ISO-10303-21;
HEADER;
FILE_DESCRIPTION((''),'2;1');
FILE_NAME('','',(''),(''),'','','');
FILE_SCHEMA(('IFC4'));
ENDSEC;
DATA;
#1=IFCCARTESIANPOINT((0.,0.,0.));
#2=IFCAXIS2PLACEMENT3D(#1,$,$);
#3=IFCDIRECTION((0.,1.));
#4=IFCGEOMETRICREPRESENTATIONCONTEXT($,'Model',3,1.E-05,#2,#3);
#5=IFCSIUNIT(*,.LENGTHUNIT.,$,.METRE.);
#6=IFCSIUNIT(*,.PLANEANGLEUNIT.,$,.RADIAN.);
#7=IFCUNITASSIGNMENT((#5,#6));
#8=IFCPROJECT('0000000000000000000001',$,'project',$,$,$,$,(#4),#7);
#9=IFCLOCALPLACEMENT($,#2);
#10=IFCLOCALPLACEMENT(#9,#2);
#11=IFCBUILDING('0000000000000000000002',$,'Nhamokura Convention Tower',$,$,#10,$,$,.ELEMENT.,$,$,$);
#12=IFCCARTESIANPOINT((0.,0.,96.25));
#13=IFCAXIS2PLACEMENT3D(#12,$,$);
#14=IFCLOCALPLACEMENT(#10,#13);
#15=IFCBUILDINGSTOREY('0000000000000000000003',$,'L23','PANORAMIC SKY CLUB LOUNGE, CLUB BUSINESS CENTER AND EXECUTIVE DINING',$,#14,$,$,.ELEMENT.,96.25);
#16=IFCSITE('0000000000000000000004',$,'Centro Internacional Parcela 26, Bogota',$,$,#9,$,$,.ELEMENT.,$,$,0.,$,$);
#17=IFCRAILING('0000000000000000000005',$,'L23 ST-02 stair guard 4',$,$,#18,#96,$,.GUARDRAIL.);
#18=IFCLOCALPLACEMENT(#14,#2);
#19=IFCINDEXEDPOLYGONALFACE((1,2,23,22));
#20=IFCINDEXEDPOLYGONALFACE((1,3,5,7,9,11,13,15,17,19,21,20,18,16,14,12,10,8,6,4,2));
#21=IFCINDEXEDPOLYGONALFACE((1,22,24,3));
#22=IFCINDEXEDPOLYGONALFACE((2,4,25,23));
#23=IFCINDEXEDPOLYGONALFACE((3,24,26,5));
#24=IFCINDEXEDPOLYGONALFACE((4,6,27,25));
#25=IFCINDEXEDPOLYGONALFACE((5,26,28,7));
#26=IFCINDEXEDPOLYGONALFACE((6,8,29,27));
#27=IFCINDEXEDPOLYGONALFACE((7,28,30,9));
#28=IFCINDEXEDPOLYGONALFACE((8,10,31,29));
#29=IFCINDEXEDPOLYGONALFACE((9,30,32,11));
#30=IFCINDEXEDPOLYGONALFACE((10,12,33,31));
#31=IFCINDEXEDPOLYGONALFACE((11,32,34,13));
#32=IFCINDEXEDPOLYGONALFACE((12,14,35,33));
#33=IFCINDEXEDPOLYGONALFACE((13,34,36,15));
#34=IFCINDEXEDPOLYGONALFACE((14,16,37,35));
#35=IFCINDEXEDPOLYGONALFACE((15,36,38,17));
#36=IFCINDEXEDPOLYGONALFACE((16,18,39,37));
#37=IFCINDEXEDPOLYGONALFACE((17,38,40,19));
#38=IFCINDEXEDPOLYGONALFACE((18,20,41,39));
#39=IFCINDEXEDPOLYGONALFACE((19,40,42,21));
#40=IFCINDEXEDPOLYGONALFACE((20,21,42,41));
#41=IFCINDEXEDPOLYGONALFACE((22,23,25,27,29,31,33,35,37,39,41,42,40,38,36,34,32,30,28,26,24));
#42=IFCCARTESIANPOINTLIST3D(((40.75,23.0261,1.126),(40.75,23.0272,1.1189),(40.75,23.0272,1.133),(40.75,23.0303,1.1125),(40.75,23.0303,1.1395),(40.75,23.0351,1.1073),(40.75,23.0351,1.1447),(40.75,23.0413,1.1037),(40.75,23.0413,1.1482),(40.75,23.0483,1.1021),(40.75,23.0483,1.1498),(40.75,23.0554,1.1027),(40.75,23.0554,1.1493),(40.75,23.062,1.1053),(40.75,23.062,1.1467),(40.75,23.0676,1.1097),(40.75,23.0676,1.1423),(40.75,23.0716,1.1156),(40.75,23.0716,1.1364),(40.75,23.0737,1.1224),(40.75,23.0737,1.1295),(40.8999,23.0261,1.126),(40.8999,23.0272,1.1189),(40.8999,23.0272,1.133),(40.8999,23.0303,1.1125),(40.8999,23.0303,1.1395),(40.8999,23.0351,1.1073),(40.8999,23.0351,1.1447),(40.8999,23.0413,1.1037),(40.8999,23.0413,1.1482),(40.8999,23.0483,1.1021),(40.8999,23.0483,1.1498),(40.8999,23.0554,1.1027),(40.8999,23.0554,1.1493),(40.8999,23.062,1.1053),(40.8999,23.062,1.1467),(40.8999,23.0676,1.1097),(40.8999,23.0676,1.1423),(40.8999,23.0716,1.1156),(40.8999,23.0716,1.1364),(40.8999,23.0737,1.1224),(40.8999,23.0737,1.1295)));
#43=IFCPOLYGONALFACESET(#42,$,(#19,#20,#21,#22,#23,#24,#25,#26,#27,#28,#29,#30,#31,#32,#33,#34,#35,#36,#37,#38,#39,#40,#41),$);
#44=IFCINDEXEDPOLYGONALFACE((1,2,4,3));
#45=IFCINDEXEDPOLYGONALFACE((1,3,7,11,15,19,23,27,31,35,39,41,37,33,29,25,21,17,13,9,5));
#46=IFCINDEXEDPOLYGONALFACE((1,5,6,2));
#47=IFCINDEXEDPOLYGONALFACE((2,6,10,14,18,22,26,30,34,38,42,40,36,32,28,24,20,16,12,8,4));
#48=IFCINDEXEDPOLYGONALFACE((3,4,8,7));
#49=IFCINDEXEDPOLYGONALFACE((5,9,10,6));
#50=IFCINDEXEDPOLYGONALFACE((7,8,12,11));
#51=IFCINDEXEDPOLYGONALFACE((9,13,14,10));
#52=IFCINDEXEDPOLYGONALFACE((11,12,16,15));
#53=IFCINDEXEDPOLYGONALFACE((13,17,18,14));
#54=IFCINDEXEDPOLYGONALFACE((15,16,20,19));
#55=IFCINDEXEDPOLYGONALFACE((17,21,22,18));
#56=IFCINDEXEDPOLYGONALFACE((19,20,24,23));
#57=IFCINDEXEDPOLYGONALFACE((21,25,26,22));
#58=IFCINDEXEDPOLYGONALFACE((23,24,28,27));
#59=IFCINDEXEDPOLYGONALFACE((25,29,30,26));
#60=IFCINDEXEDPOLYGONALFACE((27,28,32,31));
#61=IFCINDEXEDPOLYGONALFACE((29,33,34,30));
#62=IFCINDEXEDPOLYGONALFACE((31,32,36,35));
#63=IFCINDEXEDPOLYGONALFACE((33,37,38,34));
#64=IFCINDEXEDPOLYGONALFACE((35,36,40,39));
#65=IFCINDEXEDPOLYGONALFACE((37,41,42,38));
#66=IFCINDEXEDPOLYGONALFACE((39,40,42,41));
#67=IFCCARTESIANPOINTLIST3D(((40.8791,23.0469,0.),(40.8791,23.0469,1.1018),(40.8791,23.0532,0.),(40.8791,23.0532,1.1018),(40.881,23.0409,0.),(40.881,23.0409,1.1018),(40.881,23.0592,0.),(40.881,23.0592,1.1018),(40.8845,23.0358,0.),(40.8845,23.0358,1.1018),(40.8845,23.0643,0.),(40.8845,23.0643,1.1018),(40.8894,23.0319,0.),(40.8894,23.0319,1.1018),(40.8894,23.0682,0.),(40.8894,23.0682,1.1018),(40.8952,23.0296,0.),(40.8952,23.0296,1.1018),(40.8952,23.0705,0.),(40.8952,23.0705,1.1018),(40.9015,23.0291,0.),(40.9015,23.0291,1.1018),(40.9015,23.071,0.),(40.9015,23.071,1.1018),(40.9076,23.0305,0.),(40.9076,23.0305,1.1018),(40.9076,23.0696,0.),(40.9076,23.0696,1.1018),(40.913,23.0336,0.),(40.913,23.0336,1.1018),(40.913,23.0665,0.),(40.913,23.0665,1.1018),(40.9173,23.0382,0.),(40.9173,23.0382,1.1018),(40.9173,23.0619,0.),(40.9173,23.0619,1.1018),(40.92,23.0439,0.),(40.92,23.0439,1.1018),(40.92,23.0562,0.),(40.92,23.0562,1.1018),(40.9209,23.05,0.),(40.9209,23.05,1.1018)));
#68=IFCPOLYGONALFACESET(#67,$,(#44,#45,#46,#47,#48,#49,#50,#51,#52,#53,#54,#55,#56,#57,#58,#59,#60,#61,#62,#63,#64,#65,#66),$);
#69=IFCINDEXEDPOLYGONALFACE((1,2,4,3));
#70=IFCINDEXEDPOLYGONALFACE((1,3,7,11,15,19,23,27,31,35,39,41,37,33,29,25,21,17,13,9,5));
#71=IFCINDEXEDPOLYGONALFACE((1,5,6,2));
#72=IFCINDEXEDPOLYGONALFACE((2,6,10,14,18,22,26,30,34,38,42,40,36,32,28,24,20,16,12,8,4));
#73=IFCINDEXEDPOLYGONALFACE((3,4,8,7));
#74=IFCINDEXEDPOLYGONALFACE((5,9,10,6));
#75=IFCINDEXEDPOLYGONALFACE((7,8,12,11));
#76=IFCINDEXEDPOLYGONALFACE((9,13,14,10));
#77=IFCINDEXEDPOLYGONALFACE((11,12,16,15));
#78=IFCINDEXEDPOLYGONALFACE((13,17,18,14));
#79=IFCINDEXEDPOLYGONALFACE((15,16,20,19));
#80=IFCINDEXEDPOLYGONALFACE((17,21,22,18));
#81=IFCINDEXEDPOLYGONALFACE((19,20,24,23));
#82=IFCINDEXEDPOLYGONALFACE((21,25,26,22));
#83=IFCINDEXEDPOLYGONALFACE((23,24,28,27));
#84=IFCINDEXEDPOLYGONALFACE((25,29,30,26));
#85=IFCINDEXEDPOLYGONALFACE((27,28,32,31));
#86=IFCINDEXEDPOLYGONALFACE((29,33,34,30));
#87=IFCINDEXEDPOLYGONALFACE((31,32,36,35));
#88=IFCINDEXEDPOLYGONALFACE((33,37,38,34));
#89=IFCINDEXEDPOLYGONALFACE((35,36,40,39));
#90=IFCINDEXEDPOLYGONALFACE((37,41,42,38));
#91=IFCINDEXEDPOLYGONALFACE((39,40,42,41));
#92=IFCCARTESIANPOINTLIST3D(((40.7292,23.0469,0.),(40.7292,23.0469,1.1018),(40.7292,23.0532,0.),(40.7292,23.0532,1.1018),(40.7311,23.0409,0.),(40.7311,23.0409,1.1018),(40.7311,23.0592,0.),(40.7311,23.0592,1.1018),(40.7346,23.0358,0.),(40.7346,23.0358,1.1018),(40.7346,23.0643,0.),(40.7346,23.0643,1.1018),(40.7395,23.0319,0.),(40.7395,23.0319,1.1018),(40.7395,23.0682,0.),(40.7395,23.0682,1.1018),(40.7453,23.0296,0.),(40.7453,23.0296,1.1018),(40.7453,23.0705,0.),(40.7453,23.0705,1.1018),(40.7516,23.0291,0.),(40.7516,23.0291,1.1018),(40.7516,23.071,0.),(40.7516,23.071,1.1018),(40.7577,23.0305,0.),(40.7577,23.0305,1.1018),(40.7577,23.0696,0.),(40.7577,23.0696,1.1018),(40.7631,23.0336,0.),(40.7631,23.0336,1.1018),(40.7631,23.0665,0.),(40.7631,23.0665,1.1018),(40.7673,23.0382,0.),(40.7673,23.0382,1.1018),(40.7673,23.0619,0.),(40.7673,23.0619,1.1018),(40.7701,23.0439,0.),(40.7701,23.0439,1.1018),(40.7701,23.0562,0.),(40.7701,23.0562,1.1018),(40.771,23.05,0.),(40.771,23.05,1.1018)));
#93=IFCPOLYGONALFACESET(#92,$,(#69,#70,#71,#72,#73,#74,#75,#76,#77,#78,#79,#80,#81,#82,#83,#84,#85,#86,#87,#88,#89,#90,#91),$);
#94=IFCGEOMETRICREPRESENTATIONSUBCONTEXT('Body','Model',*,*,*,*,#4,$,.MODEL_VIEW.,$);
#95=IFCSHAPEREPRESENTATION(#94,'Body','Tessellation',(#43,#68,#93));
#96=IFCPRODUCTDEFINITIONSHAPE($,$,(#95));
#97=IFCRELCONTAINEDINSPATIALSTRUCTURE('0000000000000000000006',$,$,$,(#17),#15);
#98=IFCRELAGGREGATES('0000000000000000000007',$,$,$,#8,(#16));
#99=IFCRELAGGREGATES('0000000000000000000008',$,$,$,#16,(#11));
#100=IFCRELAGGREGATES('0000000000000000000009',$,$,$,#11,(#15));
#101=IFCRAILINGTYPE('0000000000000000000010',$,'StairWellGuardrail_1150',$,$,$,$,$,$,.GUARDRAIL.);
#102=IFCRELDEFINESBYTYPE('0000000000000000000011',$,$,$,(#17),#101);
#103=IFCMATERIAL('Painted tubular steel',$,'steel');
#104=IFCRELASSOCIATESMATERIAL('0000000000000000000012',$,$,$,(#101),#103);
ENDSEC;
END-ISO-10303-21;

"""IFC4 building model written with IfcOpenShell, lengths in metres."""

from ifc_helpers import new_model, si_unit, direction, frame, origin, origin_2d, place, context, subcontext, project, spatial, circle, extrude, material, type_object, element, save


model = new_model("IFC4")

# Units and contexts
model_context = context("Model", 3, precision=1e-05, world=origin(), true_north=direction((0.0, 1.0)))
body_context = subcontext(model_context, "Body", "Model", "MODEL_VIEW")
ifc_project = project(units=[si_unit("LENGTHUNIT", "METRE"), si_unit("PLANEANGLEUNIT", "RADIAN")], contexts=[model_context])

# Site, building, storey
site_placement = place(None, origin())
site = spatial("IfcSite", under=ifc_project, at=site_placement, Name="Centro Internacional Parcela 26, Bogota", CompositionType="ELEMENT", RefElevation=0.0)
building_placement = place(site_placement, origin())
building = spatial("IfcBuilding", under=site, at=building_placement, Name="Nhamokura Convention Tower", CompositionType="ELEMENT")
storey_placement = place(building_placement, frame((0.0, 0.0, 96.25)))
storey = spatial("IfcBuildingStorey", under=building, at=storey_placement, Name="L23", Description="PANORAMIC SKY CLUB LOUNGE, CLUB BUSINESS CENTER AND EXECUTIVE DINING", CompositionType="ELEMENT", Elevation=96.25)

# Railing
ifc_material_1 = material(Name="Painted tubular steel", Category="steel")
railing_type = type_object("IfcRailingType", Name="StairWellGuardrail_1150", PredefinedType="GUARDRAIL", material=ifc_material_1)
railing_1_placement = place(storey_placement, frame((40.8999, 23.05, 0.0)))
element("IfcRailing", 1, at=railing_1_placement, inside=storey, type_object=railing_type, Name="L23 ST-02 stair guard 4", PredefinedType="GUARDRAIL", context=body_context, shape_type="SweptSolid", body=[
    extrude(circle(Radius=0.0239, at=origin_2d()), frame((0.0, 0.0, 1.126), z_axis=(-1.0, 0.0, 0.0), x_axis=(0.0, -1.0, 0.0)), (0.0, 0.0, 1.0), 0.1499),
    extrude(circle(Radius=0.021, at=origin_2d()), origin(), (0.0, 0.0, 1.0), 1.1018),
    extrude(circle(Radius=0.021, at=origin_2d()), frame((-0.1499, 0.0, 0.0)), (0.0, 0.0, 1.0), 1.1018),
])

save(model, "model.ifc")
